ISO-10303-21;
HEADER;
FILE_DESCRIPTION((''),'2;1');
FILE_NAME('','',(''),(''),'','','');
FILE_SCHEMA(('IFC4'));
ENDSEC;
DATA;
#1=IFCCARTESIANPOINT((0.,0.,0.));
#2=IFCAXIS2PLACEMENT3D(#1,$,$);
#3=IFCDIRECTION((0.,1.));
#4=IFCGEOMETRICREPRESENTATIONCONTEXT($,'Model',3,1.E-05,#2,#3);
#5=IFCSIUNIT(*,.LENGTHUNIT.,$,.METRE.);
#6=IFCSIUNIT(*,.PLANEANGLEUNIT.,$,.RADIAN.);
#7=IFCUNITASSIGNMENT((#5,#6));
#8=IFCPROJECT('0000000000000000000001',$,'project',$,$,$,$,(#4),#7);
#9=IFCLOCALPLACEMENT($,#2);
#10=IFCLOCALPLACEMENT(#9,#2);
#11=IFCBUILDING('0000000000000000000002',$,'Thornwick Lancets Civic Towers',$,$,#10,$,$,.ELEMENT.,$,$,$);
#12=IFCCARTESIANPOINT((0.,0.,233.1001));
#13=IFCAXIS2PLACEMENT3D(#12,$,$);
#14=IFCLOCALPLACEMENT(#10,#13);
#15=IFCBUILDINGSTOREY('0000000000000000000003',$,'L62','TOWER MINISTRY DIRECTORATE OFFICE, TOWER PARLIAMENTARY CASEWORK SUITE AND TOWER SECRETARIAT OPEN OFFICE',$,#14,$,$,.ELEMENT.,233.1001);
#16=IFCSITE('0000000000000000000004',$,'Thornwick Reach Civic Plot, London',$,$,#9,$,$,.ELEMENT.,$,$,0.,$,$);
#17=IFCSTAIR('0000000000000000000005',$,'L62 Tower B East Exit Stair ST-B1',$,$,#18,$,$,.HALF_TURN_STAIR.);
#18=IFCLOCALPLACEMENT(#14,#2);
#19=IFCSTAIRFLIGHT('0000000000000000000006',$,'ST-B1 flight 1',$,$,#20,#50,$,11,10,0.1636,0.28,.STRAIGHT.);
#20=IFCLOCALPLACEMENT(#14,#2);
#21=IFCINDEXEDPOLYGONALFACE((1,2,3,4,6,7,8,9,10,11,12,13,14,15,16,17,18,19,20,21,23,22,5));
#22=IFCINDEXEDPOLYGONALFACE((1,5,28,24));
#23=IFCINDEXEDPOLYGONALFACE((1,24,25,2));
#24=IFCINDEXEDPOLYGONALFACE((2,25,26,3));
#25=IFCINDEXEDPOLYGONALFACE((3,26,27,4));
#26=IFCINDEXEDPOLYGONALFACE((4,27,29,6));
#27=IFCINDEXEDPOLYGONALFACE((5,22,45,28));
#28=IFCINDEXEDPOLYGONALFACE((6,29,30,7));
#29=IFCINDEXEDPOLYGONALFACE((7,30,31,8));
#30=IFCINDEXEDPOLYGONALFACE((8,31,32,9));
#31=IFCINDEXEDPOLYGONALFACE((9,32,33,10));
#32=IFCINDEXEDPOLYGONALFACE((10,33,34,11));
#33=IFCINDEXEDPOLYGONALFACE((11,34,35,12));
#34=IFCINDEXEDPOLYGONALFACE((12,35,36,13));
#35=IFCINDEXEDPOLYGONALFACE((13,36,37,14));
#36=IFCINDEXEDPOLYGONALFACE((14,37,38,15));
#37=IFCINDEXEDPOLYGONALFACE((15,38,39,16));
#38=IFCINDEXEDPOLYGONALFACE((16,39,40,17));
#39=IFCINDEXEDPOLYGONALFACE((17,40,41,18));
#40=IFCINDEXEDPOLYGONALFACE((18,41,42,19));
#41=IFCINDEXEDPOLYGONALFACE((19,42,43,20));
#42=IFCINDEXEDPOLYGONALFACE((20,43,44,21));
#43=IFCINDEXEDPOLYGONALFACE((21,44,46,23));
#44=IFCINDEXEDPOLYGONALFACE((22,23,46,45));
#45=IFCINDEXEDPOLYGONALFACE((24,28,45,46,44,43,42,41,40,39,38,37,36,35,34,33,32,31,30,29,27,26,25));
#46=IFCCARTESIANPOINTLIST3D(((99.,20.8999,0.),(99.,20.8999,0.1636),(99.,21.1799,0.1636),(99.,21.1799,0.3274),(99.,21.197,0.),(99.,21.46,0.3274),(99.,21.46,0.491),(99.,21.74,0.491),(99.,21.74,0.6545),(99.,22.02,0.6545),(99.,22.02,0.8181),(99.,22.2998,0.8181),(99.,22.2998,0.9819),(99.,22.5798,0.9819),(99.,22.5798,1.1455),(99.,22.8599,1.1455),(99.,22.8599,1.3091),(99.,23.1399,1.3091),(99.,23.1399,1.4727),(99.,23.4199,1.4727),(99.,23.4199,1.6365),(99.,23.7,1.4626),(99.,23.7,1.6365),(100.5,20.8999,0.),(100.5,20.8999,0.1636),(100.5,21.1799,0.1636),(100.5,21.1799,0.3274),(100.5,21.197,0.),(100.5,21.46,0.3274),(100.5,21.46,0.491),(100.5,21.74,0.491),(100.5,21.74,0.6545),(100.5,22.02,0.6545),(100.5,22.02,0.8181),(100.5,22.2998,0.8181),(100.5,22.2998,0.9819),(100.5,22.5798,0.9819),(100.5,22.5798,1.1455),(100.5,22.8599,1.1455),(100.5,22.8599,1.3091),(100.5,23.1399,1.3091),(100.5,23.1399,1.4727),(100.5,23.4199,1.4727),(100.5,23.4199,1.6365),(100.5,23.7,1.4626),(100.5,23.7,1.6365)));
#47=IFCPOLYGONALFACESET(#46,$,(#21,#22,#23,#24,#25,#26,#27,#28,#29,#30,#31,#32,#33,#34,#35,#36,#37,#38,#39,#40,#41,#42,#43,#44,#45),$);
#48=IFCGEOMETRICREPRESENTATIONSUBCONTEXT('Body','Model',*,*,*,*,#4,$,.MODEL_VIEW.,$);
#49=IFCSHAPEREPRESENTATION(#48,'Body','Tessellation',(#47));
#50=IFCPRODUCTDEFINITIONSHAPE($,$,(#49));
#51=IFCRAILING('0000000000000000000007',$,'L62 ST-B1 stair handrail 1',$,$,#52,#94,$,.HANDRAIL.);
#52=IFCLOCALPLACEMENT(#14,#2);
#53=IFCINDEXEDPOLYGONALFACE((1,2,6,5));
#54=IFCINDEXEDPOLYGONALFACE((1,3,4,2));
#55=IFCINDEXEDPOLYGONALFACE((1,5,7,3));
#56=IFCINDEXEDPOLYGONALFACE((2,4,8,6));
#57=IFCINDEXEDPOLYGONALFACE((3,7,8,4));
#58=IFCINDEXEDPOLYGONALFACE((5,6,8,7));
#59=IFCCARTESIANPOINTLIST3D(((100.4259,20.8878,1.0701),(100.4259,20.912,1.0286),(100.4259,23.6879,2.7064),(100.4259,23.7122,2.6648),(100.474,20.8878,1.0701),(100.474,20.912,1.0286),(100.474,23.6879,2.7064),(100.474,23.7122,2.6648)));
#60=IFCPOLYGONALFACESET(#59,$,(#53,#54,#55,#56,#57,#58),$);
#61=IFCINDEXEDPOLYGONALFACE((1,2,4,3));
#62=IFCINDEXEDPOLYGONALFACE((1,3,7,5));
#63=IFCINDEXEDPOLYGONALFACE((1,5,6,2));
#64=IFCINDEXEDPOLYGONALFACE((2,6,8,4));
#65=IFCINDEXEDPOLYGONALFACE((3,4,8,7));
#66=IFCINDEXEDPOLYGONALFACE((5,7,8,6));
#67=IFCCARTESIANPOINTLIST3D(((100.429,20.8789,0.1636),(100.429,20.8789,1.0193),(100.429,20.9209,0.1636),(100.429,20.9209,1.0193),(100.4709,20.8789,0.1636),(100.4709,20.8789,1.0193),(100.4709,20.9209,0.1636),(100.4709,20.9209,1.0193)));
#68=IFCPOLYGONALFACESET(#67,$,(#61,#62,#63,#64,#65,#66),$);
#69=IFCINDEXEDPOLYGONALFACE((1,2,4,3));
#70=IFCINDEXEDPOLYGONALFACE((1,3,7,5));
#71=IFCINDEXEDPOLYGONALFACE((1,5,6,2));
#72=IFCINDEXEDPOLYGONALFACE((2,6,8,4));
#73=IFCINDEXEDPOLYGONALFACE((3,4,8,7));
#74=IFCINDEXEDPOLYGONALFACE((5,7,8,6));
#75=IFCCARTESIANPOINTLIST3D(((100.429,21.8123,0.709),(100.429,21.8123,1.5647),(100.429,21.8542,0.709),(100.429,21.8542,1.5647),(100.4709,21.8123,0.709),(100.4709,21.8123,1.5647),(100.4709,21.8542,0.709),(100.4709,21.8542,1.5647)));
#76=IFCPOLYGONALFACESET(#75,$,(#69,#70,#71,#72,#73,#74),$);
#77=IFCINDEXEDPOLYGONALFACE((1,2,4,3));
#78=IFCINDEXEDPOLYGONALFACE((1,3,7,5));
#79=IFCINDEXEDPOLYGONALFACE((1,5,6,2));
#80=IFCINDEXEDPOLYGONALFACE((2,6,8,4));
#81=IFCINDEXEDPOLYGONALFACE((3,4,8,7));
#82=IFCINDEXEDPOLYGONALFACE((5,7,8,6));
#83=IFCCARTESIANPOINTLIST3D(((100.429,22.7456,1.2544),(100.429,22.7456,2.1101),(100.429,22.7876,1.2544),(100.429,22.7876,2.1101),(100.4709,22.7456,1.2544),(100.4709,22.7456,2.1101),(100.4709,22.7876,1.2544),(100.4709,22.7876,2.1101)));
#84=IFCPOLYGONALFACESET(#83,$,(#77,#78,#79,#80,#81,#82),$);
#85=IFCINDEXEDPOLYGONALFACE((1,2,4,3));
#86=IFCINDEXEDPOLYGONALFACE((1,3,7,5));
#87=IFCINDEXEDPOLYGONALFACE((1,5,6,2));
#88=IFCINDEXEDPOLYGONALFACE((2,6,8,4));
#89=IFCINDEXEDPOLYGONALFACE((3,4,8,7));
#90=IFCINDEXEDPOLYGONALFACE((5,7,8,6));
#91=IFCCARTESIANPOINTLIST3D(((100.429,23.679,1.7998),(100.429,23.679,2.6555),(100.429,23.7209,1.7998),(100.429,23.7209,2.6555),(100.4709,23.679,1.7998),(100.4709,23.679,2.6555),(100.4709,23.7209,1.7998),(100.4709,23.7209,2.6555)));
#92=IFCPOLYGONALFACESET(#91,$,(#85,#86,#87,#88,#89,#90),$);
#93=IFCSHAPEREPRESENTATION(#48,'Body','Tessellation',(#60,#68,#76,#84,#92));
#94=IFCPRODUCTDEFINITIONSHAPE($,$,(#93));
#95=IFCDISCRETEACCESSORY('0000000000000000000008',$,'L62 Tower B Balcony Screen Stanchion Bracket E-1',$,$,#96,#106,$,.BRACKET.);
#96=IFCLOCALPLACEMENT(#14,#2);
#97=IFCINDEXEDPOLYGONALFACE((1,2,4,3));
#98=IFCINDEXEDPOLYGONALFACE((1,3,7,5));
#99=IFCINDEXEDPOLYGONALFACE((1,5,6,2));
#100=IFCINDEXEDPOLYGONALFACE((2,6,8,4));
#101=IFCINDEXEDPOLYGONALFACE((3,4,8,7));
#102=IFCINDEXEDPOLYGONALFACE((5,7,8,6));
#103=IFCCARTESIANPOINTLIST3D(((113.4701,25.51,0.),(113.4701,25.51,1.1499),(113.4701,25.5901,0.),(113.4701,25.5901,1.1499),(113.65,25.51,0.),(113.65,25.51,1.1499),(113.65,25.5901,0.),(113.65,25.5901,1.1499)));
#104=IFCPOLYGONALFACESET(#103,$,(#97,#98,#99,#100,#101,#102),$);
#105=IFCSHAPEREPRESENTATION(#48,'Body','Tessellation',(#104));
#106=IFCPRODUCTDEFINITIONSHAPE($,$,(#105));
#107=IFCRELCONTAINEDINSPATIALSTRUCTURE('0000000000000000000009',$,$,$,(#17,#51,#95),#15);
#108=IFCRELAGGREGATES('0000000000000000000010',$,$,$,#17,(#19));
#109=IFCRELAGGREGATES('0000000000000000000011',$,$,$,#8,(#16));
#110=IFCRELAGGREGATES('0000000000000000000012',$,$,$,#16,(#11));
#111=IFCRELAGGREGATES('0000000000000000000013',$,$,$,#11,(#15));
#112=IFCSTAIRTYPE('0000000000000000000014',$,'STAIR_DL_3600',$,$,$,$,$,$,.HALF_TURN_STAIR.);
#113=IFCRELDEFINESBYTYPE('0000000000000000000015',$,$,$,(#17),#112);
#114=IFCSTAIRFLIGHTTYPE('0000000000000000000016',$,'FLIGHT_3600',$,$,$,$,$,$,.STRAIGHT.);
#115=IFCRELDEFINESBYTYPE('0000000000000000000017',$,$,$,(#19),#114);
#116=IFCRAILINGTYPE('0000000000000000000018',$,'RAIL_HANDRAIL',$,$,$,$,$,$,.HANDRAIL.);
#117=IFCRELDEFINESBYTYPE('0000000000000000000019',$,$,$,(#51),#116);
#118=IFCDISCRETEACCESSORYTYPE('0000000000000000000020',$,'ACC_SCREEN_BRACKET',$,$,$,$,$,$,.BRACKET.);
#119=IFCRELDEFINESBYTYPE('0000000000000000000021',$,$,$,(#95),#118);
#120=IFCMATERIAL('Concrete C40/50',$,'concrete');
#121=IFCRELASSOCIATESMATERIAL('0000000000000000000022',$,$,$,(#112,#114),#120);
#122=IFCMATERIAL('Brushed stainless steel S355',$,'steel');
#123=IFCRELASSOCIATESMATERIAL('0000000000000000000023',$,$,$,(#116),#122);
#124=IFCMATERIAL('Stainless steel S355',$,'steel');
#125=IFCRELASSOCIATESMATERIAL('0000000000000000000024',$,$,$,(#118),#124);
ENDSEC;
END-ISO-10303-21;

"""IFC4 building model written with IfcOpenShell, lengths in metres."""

from ifc_helpers import new_model, si_unit, direction, frame, origin, origin_2d, place, context, subcontext, project, spatial, polyline, rectangle, outline, extrude, material, type_object, element, aggregate, save


model = new_model("IFC4")

# Units and contexts
model_context = context("Model", 3, precision=1e-05, world=origin(), true_north=direction((0.0, 1.0)))
body_context = subcontext(model_context, "Body", "Model", "MODEL_VIEW")
ifc_project = project(units=[si_unit("LENGTHUNIT", "METRE"), si_unit("PLANEANGLEUNIT", "RADIAN")], contexts=[model_context])

# Site, building, storey
site_placement = place(None, origin())
site = spatial("IfcSite", under=ifc_project, at=site_placement, Name="Thornwick Reach Civic Plot, London", CompositionType="ELEMENT", RefElevation=0.0)
building_placement = place(site_placement, origin())
building = spatial("IfcBuilding", under=site, at=building_placement, Name="Thornwick Lancets Civic Towers", CompositionType="ELEMENT")
storey_placement = place(building_placement, frame((0.0, 0.0, 233.1001)))
storey = spatial("IfcBuildingStorey", under=building, at=storey_placement, Name="L62", Description="TOWER MINISTRY DIRECTORATE OFFICE, TOWER PARLIAMENTARY CASEWORK SUITE AND TOWER SECRETARIAT OPEN OFFICE", CompositionType="ELEMENT", Elevation=233.1001)

# Shared definitions
ifc_material_1 = material(Name="Concrete C40/50", Category="concrete")

# Stair, stair flight
stair_type = type_object("IfcStairType", Name="STAIR_DL_3600", PredefinedType="HALF_TURN_STAIR", material=ifc_material_1)
stair_placement = place(storey_placement, origin())
stair = element("IfcStair", 1, at=stair_placement, inside=storey, type_object=stair_type, Name="L62 Tower B East Exit Stair ST-B1", PredefinedType="HALF_TURN_STAIR")
stair_flight_type = type_object("IfcStairFlightType", Name="FLIGHT_3600", PredefinedType="STRAIGHT", material=ifc_material_1)
stair_flight_placement = place(storey_placement, frame((99.75, 20.8999, 0.0), z_axis=(0.0, 0.0, 1.0), x_axis=(0.0, 1.0, 0.0)))
stair_flight = element("IfcStairFlight", 2, at=stair_flight_placement, type_object=stair_flight_type, Name="ST-B1 flight 1", NumberOfRisers=11, NumberOfTreads=10, PredefinedType="STRAIGHT", RiserHeight=0.1636, TreadLength=0.28, context=body_context, shape_type="SweptSolid", body=[
    extrude(outline(polyline([(0.0, 0.0), (0.0, 0.1636), (0.28, 0.1636), (0.28, 0.3274), (0.5601, 0.3274), (0.5601, 0.491), (0.8401, 0.491), (0.8401, 0.6545), (1.1201, 0.6545), (1.1201, 0.8181), (1.3999, 0.8181), (1.3999, 0.9819), (1.6799, 0.9819), (1.6799, 1.1455), (1.96, 1.1455), (1.96, 1.3091), (2.24, 1.3091), (2.24, 1.4727), (2.52, 1.4727), (2.52, 1.6365), (2.8, 1.6365), (2.8, 1.8), (2.8, 1.4626), (0.2971, 0.0), (0.0, 0.0)])), frame((0.0, 0.75, 0.0), z_axis=(0.0, -1.0, 0.0), x_axis=(1.0, 0.0, 0.0)), (0.0, 0.0, 1.0), 1.5),
])
aggregate(stair, [stair_flight])

# Railing
ifc_material_2 = material(Name="Brushed stainless steel S355", Category="steel")
railing_type_1 = type_object("IfcRailingType", Name="RAIL_HANDRAIL", PredefinedType="HANDRAIL", material=ifc_material_2)
railing_1_placement = place(storey_placement, frame((100.45, 20.8999, 0.1636)))
element("IfcRailing", 3, at=railing_1_placement, inside=storey, type_object=railing_type_1, Name="L62 ST-B1 stair handrail 1", PredefinedType="HANDRAIL", context=body_context, shape_type="SweptSolid", body=[
    extrude(rectangle(XDim=0.0481, YDim=0.0481, at=origin_2d()), frame((0.0, 0.0, 0.8857), z_axis=(0.0, 0.863394, 0.504531), x_axis=(-1.0, 0.0, 0.0)), (0.0, 0.0, 1.0), 3.2432),
    extrude(rectangle(XDim=0.042, YDim=0.042, at=origin_2d()), origin(), (0.0, 0.0, 1.0), 0.8557),
    extrude(rectangle(XDim=0.042, YDim=0.042, at=origin_2d()), frame((0.0, 0.9333, 0.5454)), (0.0, 0.0, 1.0), 0.8557),
    extrude(rectangle(XDim=0.042, YDim=0.042, at=origin_2d()), frame((0.0, 1.8667, 1.0908)), (0.0, 0.0, 1.0), 0.8557),
    extrude(rectangle(XDim=0.042, YDim=0.042, at=origin_2d()), frame((0.0, 2.8, 1.6362)), (0.0, 0.0, 1.0), 0.8557),
])

# Discrete accessory
ifc_material_3 = material(Name="Stainless steel S355", Category="steel")
discrete_accessory_type = type_object("IfcDiscreteAccessoryType", Name="ACC_SCREEN_BRACKET", PredefinedType="BRACKET", material=ifc_material_3)
discrete_accessory_placement = place(storey_placement, frame((113.5601, 25.55, 0.0), z_axis=(0.0, 0.0, 1.0), x_axis=(0.0, 1.0, 0.0)))
element("IfcDiscreteAccessory", 4, at=discrete_accessory_placement, inside=storey, type_object=discrete_accessory_type, Name="L62 Tower B Balcony Screen Stanchion Bracket E-1", PredefinedType="BRACKET", context=body_context, shape_type="SweptSolid", body=[
    extrude(rectangle(XDim=0.0801, YDim=0.1799, at=origin_2d()), origin(), (0.0, 0.0, 1.0), 1.1499),
])

save(model, "model.ifc")
